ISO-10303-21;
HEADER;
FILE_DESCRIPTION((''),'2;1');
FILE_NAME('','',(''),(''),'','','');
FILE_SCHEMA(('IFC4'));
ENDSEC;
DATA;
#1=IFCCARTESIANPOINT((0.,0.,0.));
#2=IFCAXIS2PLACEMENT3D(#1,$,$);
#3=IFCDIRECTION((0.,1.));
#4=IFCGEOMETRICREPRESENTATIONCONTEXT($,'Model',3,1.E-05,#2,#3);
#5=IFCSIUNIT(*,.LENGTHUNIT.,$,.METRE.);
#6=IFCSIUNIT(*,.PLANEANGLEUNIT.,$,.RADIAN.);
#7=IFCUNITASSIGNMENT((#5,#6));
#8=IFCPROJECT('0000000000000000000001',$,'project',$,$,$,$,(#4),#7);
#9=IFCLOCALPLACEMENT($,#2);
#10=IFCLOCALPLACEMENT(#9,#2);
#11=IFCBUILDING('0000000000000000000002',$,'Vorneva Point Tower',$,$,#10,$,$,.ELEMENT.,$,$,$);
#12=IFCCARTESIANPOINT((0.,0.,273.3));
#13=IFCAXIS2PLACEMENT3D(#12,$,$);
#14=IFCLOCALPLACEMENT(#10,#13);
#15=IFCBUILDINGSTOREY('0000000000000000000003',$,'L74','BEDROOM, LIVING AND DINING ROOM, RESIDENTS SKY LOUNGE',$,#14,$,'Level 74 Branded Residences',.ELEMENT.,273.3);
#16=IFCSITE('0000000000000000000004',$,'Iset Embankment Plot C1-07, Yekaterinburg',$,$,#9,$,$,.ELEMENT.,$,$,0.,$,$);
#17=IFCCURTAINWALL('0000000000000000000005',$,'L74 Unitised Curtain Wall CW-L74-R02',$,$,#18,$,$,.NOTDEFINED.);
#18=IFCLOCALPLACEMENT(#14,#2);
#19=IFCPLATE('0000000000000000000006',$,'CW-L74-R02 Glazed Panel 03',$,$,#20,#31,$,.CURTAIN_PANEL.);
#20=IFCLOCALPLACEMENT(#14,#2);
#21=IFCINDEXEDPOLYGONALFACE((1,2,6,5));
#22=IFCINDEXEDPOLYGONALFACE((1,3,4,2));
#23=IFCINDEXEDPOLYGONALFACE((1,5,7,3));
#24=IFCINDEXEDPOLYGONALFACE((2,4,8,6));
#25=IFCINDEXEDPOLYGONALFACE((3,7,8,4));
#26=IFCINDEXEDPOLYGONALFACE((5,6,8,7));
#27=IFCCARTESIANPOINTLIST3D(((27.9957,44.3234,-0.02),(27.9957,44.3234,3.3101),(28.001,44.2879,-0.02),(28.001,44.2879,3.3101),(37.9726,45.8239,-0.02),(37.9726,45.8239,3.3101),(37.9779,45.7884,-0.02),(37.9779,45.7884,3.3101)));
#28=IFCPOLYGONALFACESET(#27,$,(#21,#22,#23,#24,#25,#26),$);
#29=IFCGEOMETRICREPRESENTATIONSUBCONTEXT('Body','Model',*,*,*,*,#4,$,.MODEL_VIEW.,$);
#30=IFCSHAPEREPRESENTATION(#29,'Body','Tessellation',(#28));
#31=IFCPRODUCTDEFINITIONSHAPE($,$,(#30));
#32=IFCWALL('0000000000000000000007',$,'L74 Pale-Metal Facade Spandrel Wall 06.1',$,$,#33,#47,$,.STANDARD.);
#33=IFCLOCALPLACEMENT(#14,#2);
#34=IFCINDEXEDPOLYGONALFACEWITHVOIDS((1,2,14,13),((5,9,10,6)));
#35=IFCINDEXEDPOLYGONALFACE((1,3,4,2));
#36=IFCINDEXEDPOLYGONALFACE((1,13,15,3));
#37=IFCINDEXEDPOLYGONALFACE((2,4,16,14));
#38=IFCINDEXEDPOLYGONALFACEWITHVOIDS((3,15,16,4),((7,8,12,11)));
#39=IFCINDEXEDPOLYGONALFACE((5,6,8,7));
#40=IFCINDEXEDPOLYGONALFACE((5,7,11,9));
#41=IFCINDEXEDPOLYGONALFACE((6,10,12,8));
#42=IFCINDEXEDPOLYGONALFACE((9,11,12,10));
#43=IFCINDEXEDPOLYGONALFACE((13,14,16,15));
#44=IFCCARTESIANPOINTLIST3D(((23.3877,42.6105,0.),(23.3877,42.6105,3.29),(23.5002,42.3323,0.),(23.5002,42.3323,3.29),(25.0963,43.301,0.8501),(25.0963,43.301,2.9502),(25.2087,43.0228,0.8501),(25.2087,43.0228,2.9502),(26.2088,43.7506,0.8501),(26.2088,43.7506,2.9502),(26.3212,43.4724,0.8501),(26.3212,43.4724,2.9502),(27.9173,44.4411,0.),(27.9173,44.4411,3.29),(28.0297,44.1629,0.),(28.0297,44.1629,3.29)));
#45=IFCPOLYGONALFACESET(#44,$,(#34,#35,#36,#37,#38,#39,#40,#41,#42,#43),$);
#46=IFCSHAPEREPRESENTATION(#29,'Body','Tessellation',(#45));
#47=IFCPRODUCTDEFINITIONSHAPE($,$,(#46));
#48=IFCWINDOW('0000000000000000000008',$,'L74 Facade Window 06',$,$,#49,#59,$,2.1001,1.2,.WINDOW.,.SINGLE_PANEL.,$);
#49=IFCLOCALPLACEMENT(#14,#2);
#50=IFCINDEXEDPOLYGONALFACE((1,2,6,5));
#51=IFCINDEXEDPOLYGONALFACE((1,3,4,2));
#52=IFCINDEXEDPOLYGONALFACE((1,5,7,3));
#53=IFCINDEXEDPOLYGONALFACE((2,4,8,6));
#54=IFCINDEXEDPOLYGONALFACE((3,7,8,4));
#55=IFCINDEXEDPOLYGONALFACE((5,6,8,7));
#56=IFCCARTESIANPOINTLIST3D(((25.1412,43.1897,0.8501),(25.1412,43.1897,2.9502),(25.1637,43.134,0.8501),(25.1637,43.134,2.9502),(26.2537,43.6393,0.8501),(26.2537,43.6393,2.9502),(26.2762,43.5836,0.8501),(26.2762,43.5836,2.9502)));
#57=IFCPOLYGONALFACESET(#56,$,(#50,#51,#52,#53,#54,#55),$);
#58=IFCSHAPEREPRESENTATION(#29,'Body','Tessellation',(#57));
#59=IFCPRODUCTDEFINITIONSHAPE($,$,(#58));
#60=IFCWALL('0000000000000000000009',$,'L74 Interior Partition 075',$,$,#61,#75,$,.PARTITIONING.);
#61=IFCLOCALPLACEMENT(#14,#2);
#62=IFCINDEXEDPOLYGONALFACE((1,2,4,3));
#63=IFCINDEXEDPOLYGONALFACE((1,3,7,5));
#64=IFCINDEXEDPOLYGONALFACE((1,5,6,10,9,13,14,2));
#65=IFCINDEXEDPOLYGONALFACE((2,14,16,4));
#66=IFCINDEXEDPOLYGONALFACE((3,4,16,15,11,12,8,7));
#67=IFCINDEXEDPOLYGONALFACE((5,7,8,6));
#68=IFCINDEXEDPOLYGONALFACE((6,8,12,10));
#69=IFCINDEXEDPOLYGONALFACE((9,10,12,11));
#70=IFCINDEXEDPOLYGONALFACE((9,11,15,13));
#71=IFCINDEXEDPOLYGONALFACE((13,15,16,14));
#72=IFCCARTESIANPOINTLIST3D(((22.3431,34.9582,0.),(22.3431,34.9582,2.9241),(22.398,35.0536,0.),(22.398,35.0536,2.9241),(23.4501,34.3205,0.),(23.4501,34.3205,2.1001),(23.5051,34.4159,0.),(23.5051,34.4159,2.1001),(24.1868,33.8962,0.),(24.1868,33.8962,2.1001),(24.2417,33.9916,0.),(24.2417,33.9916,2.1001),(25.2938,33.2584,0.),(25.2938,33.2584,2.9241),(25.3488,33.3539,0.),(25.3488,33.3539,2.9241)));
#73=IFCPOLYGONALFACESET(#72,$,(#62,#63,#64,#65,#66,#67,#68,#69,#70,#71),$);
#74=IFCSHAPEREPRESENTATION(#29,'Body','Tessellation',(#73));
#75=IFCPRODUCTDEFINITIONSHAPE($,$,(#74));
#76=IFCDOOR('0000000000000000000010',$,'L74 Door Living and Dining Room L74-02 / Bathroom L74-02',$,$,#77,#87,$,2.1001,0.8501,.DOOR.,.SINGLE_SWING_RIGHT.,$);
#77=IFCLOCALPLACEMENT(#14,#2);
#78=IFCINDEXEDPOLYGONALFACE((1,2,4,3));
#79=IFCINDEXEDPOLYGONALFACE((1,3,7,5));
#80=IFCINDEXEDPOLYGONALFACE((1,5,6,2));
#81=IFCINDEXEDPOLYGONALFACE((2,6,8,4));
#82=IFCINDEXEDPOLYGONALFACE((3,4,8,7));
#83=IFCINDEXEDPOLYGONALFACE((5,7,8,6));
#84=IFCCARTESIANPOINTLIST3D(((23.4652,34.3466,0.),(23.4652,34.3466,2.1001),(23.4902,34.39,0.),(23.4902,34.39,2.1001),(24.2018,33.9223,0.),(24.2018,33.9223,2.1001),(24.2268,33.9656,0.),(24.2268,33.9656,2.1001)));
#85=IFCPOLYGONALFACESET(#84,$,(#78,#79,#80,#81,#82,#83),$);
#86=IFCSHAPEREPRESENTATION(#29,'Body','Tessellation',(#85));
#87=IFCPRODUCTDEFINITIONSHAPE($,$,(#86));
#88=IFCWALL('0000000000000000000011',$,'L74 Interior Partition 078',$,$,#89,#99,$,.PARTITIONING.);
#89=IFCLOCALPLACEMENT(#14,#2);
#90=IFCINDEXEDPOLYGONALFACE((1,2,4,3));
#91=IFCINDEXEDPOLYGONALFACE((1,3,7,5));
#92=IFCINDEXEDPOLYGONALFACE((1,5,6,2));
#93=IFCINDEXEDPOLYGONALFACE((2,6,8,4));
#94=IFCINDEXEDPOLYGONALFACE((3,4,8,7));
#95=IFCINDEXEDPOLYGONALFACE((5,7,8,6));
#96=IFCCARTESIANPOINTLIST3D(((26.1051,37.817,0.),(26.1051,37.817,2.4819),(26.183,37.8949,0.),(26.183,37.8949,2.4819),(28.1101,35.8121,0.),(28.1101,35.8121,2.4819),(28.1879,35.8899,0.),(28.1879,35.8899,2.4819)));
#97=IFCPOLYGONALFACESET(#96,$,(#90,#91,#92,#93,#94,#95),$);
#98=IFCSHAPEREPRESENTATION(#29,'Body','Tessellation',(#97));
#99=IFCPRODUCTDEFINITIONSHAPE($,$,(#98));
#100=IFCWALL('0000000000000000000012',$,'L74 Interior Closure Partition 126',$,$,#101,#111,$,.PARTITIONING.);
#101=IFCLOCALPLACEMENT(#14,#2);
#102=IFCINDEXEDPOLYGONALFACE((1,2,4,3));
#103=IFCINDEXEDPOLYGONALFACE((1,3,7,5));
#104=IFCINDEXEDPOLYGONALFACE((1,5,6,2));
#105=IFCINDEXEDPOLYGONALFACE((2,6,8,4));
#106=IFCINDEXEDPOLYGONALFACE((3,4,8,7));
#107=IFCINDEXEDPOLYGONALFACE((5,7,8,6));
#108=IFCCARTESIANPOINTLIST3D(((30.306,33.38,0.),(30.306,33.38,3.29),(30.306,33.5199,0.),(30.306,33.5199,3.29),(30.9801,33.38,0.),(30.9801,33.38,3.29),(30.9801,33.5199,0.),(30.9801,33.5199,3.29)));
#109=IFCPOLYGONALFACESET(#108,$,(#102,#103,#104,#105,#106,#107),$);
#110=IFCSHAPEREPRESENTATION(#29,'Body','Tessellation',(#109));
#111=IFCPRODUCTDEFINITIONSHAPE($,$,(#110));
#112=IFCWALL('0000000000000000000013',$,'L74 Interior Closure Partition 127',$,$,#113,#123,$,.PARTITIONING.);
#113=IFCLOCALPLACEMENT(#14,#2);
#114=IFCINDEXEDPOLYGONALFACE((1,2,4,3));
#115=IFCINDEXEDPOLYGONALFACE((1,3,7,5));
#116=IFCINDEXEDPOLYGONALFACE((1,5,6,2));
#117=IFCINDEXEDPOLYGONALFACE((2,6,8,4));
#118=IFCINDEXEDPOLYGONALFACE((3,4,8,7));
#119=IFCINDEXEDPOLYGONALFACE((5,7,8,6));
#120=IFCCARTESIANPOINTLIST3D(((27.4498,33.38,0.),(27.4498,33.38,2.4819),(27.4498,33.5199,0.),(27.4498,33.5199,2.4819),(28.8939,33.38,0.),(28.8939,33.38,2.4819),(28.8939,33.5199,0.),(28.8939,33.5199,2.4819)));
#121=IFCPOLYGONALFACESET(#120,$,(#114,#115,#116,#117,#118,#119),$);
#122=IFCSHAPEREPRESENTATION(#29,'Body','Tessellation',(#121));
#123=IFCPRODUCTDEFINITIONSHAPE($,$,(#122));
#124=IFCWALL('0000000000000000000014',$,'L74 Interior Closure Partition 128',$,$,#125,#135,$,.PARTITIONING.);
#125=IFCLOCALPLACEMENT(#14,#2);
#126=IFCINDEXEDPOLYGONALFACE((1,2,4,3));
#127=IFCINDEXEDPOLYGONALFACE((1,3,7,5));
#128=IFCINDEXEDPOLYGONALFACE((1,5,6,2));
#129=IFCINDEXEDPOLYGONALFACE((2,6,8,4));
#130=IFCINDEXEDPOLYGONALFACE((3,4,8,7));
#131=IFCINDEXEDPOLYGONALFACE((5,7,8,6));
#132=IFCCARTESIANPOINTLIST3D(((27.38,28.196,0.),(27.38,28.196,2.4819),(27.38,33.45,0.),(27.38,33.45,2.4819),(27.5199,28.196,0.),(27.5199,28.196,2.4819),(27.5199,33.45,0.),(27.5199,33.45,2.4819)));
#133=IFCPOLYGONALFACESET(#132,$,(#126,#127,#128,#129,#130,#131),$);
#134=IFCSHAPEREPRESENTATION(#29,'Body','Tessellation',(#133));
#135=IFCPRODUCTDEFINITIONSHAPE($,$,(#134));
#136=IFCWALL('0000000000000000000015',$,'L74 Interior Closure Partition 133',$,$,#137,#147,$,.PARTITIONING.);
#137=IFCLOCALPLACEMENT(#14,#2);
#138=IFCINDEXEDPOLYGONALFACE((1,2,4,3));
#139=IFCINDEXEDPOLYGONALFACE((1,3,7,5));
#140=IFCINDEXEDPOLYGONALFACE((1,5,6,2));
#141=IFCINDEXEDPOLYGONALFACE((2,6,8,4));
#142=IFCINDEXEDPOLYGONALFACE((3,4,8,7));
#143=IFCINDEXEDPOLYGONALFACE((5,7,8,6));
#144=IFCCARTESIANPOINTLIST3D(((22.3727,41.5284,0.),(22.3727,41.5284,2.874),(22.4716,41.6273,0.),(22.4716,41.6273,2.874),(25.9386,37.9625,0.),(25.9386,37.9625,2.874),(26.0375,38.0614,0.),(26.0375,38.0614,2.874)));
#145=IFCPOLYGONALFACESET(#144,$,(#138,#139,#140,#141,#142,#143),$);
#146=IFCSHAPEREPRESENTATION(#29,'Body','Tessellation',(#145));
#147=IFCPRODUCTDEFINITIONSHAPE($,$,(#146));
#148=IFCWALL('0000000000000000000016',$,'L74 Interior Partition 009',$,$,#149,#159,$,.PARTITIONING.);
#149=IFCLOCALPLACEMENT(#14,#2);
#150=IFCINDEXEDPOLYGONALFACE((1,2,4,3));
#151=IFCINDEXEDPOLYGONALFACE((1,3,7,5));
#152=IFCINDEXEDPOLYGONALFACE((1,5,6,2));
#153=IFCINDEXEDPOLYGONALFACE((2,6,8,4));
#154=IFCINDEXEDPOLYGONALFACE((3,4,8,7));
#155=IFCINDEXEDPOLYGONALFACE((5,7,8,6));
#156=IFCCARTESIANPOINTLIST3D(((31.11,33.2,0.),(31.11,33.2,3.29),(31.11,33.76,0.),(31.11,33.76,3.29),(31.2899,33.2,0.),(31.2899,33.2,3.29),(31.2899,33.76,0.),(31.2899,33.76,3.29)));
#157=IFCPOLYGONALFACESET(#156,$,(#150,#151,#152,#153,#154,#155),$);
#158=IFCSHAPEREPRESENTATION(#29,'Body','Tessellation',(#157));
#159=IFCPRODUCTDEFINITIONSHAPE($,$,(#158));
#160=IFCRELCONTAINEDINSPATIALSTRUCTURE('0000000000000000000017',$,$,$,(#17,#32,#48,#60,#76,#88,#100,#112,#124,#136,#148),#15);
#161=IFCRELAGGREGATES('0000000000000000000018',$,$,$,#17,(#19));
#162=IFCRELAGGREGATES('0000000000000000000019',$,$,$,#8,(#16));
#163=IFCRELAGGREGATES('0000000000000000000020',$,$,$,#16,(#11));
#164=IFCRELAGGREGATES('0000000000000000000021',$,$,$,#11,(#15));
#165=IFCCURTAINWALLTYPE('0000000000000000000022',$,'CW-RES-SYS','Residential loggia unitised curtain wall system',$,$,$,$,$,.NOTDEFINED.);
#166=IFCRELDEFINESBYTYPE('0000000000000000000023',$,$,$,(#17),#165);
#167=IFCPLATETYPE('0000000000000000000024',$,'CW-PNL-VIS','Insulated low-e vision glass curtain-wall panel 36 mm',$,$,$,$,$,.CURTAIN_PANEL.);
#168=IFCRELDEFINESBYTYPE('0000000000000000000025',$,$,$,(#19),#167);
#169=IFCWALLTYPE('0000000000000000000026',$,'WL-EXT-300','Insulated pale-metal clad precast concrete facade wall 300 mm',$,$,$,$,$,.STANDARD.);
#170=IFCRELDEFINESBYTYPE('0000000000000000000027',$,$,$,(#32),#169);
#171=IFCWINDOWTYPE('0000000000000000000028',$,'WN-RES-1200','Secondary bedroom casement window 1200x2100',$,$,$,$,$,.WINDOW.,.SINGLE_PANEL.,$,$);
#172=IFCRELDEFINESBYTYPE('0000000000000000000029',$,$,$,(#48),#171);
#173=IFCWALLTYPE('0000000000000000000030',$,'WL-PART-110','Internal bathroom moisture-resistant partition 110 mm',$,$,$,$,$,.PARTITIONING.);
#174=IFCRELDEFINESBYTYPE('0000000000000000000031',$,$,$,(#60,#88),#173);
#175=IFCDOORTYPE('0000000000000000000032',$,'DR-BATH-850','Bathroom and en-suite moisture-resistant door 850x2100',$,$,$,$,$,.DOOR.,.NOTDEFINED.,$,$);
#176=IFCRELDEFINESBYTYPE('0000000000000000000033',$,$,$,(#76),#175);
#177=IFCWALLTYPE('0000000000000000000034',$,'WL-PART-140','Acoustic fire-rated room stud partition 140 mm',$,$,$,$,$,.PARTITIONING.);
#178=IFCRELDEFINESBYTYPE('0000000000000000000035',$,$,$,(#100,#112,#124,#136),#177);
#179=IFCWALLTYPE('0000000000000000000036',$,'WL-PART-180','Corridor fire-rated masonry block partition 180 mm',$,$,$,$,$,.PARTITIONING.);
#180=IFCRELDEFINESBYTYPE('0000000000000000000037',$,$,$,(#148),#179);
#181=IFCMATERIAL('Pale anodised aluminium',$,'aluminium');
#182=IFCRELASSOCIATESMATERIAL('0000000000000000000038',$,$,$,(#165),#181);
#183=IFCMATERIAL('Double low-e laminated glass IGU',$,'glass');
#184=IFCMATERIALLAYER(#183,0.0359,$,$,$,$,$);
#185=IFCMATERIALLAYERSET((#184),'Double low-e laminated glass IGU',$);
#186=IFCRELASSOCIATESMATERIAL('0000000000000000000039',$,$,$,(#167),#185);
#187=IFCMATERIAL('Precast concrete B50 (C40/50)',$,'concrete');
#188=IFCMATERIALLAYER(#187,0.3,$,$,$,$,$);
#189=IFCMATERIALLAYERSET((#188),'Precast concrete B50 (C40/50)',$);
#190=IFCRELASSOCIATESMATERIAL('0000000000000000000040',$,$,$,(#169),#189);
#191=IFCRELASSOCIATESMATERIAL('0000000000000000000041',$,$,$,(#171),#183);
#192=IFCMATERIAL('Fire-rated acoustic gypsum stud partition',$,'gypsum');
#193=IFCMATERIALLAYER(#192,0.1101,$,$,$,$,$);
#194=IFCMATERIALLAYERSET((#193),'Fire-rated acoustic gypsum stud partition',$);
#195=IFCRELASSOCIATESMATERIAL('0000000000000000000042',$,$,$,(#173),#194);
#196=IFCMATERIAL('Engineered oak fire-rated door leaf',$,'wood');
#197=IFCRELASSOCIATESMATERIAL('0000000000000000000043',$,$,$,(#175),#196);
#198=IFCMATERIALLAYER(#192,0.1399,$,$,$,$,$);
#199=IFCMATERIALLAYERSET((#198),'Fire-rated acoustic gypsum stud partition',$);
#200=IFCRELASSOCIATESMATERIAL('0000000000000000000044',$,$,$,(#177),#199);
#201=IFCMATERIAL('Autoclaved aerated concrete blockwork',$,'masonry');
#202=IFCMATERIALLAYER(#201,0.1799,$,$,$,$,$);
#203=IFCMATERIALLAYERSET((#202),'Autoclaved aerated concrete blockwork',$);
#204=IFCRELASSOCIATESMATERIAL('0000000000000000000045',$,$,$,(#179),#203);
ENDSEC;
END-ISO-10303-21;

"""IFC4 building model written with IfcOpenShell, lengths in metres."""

from ifc_helpers import new_model, si_unit, direction, frame, frame_2d, origin, origin_2d, place, context, subcontext, project, spatial, rectangle, extrude, material, layer, layer_set, type_object, element, fill, aggregate, save


model = new_model("IFC4")

# Units and contexts
model_context = context("Model", 3, precision=1e-05, world=origin(), true_north=direction((0.0, 1.0)))
body_context = subcontext(model_context, "Body", "Model", "MODEL_VIEW")
ifc_project = project(units=[si_unit("LENGTHUNIT", "METRE"), si_unit("PLANEANGLEUNIT", "RADIAN")], contexts=[model_context])

# Site, building, storey
site_placement = place(None, origin())
site = spatial("IfcSite", under=ifc_project, at=site_placement, Name="Iset Embankment Plot C1-07, Yekaterinburg", CompositionType="ELEMENT", RefElevation=0.0)
building_placement = place(site_placement, origin())
building = spatial("IfcBuilding", under=site, at=building_placement, Name="Vorneva Point Tower", CompositionType="ELEMENT")
storey_placement = place(building_placement, frame((0.0, 0.0, 273.3)))
storey = spatial("IfcBuildingStorey", under=building, at=storey_placement, Name="L74", Description="BEDROOM, LIVING AND DINING ROOM, RESIDENTS SKY LOUNGE", LongName="Level 74 Branded Residences", CompositionType="ELEMENT", Elevation=273.3)

# Curtain wall, plate
ifc_material_1 = material(Name="Pale anodised aluminium", Category="aluminium")
curtain_wall_type = type_object("IfcCurtainWallType", Name="CW-RES-SYS", Description="Residential loggia unitised curtain wall system", PredefinedType="NOTDEFINED", material=ifc_material_1)
curtain_wall_placement = place(storey_placement, origin())
curtain_wall = element("IfcCurtainWall", 1, at=curtain_wall_placement, inside=storey, type_object=curtain_wall_type, Name="L74 Unitised Curtain Wall CW-L74-R02", PredefinedType="NOTDEFINED")
ifc_material_2 = material(Name="Double low-e laminated glass IGU", Category="glass")
ifc_layer_1 = layer(ifc_material_2, 0.0359)
ifc_layer_set_1 = layer_set([ifc_layer_1], Name="Double low-e laminated glass IGU")
plate_type = type_object("IfcPlateType", Name="CW-PNL-VIS", Description="Insulated low-e vision glass curtain-wall panel 36 mm", PredefinedType="CURTAIN_PANEL", material=ifc_layer_set_1)
plate_placement = place(storey_placement, frame((32.9868, 45.0559, -0.02), z_axis=(0.0, 0.0, 1.0), x_axis=(-0.988879, -0.148724, 0.0)))
plate = element("IfcPlate", 2, at=plate_placement, type_object=plate_type, Name="CW-L74-R02 Glazed Panel 03", PredefinedType="CURTAIN_PANEL", context=body_context, shape_type="SweptSolid", body=[
    extrude(rectangle(XDim=10.0891, YDim=0.0359, at=origin_2d()), origin(), (0.0, 0.0, 1.0), 3.3301),
])
aggregate(curtain_wall, [plate])

# Wall, opening, window
ifc_material_3 = material(Name="Precast concrete B50 (C40/50)", Category="concrete")
ifc_layer_2 = layer(ifc_material_3, 0.3)
ifc_layer_set_2 = layer_set([ifc_layer_2], Name="Precast concrete B50 (C40/50)")
wall_type_1 = type_object("IfcWallType", Name="WL-EXT-300", Description="Insulated pale-metal clad precast concrete facade wall 300 mm", PredefinedType="STANDARD", material=ifc_layer_set_2)
wall_1_placement = place(storey_placement, frame((27.9736, 44.302, 0.0), z_axis=(0.0, 0.0, 1.0), x_axis=(-0.927147, -0.374697, 0.0)))
wall_1 = element("IfcWall", 3, at=wall_1_placement, inside=storey, type_object=wall_type_1, Name="L74 Pale-Metal Facade Spandrel Wall 06.1", PredefinedType="STANDARD", context=body_context, shape_type="SweptSolid", body=[
    extrude(rectangle(XDim=4.8855, YDim=0.3, at=frame_2d((2.4429, 0.0))), origin(), (0.0, 0.0, 1.0), 3.29),
])
opening_1_placement = place(wall_1_placement, frame((1.8428, 0.0, 0.8501)))
opening_1 = element("IfcOpeningElement", 4, at=opening_1_placement, cuts=wall_1, PredefinedType="OPENING", context=body_context, shape_type="SweptSolid", body=[
    extrude(rectangle(XDim=1.2, YDim=2.1001, at=frame_2d((0.6001, 1.05))), frame((0.0, 0.165, 0.0), z_axis=(0.0, -1.0, 0.0), x_axis=(1.0, 0.0, 0.0)), (0.0, 0.0, 1.0), 0.3298),
])
window_type = type_object("IfcWindowType", Name="WN-RES-1200", Description="Secondary bedroom casement window 1200x2100", PartitioningType="SINGLE_PANEL", PredefinedType="WINDOW", material=ifc_material_2)
window_placement = place(opening_1_placement, origin())
window = element("IfcWindow", 5, at=window_placement, inside=storey, type_object=window_type, Name="L74 Facade Window 06", OverallHeight=2.1001, OverallWidth=1.2, PartitioningType="SINGLE_PANEL", PredefinedType="WINDOW", context=body_context, shape_type="SweptSolid", body=[
    extrude(rectangle(XDim=1.2, YDim=2.1001, at=frame_2d((0.6001, 1.05))), frame((0.0, 0.03, 0.0), z_axis=(0.0, -1.0, 0.0), x_axis=(1.0, 0.0, 0.0)), (0.0, 0.0, 1.0), 0.0601),
])
fill(opening_1, window)

# Wall, opening, door
ifc_material_4 = material(Name="Fire-rated acoustic gypsum stud partition", Category="gypsum")
ifc_layer_3 = layer(ifc_material_4, 0.1101)
ifc_layer_set_3 = layer_set([ifc_layer_3], Name="Fire-rated acoustic gypsum stud partition")
wall_type_2 = type_object("IfcWallType", Name="WL-PART-110", Description="Internal bathroom moisture-resistant partition 110 mm", PredefinedType="PARTITIONING", material=ifc_layer_set_3)
wall_2_placement = place(storey_placement, frame((25.3213, 33.3062, 0.0), z_axis=(0.0, 0.0, 1.0), x_axis=(-0.866517, 0.499147, 0.0)))
wall_2 = element("IfcWall", 6, at=wall_2_placement, inside=storey, type_object=wall_type_2, Name="L74 Interior Partition 075", PredefinedType="PARTITIONING", context=body_context, shape_type="SweptSolid", body=[
    extrude(rectangle(XDim=3.4053, YDim=0.1101, at=frame_2d((1.7026, 0.0))), origin(), (0.0, 0.0, 1.0), 2.9241),
])
opening_2_placement = place(wall_2_placement, frame((1.2776, 0.0, 0.0)))
opening_2 = element("IfcOpeningElement", 7, at=opening_2_placement, cuts=wall_2, PredefinedType="OPENING", context=body_context, shape_type="SweptSolid", body=[
    extrude(rectangle(XDim=0.8501, YDim=2.1001, at=frame_2d((0.425, 1.05))), frame((0.0, 0.0698, 0.0), z_axis=(0.0, -1.0, 0.0), x_axis=(1.0, 0.0, 0.0)), (0.0, 0.0, 1.0), 0.1399),
])
ifc_material_5 = material(Name="Engineered oak fire-rated door leaf", Category="wood")
door_type_1 = type_object("IfcDoorType", Name="DR-BATH-850", Description="Bathroom and en-suite moisture-resistant door 850x2100", OperationType="NOTDEFINED", PredefinedType="DOOR", material=ifc_material_5)
door_1_placement = place(opening_2_placement, origin())
door_1 = element("IfcDoor", 8, at=door_1_placement, inside=storey, type_object=door_type_1, Name="L74 Door Living and Dining Room L74-02 / Bathroom L74-02", OperationType="SINGLE_SWING_RIGHT", OverallHeight=2.1001, OverallWidth=0.8501, PredefinedType="DOOR", context=body_context, shape_type="SweptSolid", body=[
    extrude(rectangle(XDim=0.8501, YDim=2.1001, at=frame_2d((0.425, 1.05))), frame((0.0, 0.0249, 0.0), z_axis=(0.0, -1.0, 0.0), x_axis=(1.0, 0.0, 0.0)), (0.0, 0.0, 1.0), 0.05),
])
fill(opening_2, door_1)

# Walls
wall_3_placement = place(storey_placement, frame((26.144, 37.856, 0.0), z_axis=(0.0, 0.0, 1.0), x_axis=(0.707107, -0.707107, 0.0)))
element("IfcWall", 9, at=wall_3_placement, inside=storey, type_object=wall_type_2, Name="L74 Interior Partition 078", PredefinedType="PARTITIONING", context=body_context, shape_type="SweptSolid", body=[
    extrude(rectangle(XDim=2.8354, YDim=0.1101, at=frame_2d((1.4177, 0.0))), origin(), (0.0, 0.0, 1.0), 2.4819),
])
ifc_layer_4 = layer(ifc_material_4, 0.1399)
ifc_layer_set_4 = layer_set([ifc_layer_4], Name="Fire-rated acoustic gypsum stud partition")
wall_type_3 = type_object("IfcWallType", Name="WL-PART-140", Description="Acoustic fire-rated room stud partition 140 mm", PredefinedType="PARTITIONING", material=ifc_layer_set_4)
wall_4_placement = place(storey_placement, frame((30.98, 33.45, 0.0), z_axis=(0.0, 0.0, 1.0), x_axis=(-1.0, 0.0, 0.0)))
element("IfcWall", 10, at=wall_4_placement, inside=storey, type_object=wall_type_3, Name="L74 Interior Closure Partition 126", PredefinedType="PARTITIONING", context=body_context, shape_type="SweptSolid", body=[
    extrude(rectangle(XDim=0.6741, YDim=0.1399, at=frame_2d((0.3369, 0.0))), origin(), (0.0, 0.0, 1.0), 3.29),
])
wall_5_placement = place(storey_placement, frame((28.894, 33.45, 0.0), z_axis=(0.0, 0.0, 1.0), x_axis=(-1.0, 0.0, 0.0)))
element("IfcWall", 11, at=wall_5_placement, inside=storey, type_object=wall_type_3, Name="L74 Interior Closure Partition 127", PredefinedType="PARTITIONING", context=body_context, shape_type="SweptSolid", body=[
    extrude(rectangle(XDim=1.4441, YDim=0.1399, at=frame_2d((0.7222, 0.0))), origin(), (0.0, 0.0, 1.0), 2.4819),
])
wall_6_placement = place(storey_placement, frame((27.45, 33.45, 0.0), z_axis=(0.0, 0.0, 1.0), x_axis=(0.0, -1.0, 0.0)))
element("IfcWall", 12, at=wall_6_placement, inside=storey, type_object=wall_type_3, Name="L74 Interior Closure Partition 128", PredefinedType="PARTITIONING", context=body_context, shape_type="SweptSolid", body=[
    extrude(rectangle(XDim=5.2539, YDim=0.1399, at=frame_2d((2.627, 0.0))), origin(), (0.0, 0.0, 1.0), 2.4819),
])
wall_7_placement = place(storey_placement, frame((25.988, 38.012, 0.0), z_axis=(0.0, 0.0, 1.0), x_axis=(-0.707107, 0.707107, 0.0)))
element("IfcWall", 13, at=wall_7_placement, inside=storey, type_object=wall_type_3, Name="L74 Interior Closure Partition 133", PredefinedType="PARTITIONING", context=body_context, shape_type="SweptSolid", body=[
    extrude(rectangle(XDim=5.043, YDim=0.1399, at=frame_2d((2.5215, 0.0))), origin(), (0.0, 0.0, 1.0), 2.874),
])

# Shared definitions
ifc_material_6 = material(Name="Autoclaved aerated concrete blockwork", Category="masonry")
ifc_layer_5 = layer(ifc_material_6, 0.1799)
ifc_layer_set_5 = layer_set([ifc_layer_5], Name="Autoclaved aerated concrete blockwork")
wall_type_4 = type_object("IfcWallType", Name="WL-PART-180", Description="Corridor fire-rated masonry block partition 180 mm", PredefinedType="PARTITIONING", material=ifc_layer_set_5)

# Wall
wall_8_placement = place(storey_placement, frame((31.2, 33.76, 0.0), z_axis=(0.0, 0.0, 1.0), x_axis=(0.0, -1.0, 0.0)))
element("IfcWall", 14, at=wall_8_placement, inside=storey, type_object=wall_type_4, Name="L74 Interior Partition 009", PredefinedType="PARTITIONING", context=body_context, shape_type="SweptSolid", body=[
    extrude(rectangle(XDim=0.5601, YDim=0.1799, at=frame_2d((0.28, 0.0))), origin(), (0.0, 0.0, 1.0), 3.29),
])

save(model, "model.ifc")
